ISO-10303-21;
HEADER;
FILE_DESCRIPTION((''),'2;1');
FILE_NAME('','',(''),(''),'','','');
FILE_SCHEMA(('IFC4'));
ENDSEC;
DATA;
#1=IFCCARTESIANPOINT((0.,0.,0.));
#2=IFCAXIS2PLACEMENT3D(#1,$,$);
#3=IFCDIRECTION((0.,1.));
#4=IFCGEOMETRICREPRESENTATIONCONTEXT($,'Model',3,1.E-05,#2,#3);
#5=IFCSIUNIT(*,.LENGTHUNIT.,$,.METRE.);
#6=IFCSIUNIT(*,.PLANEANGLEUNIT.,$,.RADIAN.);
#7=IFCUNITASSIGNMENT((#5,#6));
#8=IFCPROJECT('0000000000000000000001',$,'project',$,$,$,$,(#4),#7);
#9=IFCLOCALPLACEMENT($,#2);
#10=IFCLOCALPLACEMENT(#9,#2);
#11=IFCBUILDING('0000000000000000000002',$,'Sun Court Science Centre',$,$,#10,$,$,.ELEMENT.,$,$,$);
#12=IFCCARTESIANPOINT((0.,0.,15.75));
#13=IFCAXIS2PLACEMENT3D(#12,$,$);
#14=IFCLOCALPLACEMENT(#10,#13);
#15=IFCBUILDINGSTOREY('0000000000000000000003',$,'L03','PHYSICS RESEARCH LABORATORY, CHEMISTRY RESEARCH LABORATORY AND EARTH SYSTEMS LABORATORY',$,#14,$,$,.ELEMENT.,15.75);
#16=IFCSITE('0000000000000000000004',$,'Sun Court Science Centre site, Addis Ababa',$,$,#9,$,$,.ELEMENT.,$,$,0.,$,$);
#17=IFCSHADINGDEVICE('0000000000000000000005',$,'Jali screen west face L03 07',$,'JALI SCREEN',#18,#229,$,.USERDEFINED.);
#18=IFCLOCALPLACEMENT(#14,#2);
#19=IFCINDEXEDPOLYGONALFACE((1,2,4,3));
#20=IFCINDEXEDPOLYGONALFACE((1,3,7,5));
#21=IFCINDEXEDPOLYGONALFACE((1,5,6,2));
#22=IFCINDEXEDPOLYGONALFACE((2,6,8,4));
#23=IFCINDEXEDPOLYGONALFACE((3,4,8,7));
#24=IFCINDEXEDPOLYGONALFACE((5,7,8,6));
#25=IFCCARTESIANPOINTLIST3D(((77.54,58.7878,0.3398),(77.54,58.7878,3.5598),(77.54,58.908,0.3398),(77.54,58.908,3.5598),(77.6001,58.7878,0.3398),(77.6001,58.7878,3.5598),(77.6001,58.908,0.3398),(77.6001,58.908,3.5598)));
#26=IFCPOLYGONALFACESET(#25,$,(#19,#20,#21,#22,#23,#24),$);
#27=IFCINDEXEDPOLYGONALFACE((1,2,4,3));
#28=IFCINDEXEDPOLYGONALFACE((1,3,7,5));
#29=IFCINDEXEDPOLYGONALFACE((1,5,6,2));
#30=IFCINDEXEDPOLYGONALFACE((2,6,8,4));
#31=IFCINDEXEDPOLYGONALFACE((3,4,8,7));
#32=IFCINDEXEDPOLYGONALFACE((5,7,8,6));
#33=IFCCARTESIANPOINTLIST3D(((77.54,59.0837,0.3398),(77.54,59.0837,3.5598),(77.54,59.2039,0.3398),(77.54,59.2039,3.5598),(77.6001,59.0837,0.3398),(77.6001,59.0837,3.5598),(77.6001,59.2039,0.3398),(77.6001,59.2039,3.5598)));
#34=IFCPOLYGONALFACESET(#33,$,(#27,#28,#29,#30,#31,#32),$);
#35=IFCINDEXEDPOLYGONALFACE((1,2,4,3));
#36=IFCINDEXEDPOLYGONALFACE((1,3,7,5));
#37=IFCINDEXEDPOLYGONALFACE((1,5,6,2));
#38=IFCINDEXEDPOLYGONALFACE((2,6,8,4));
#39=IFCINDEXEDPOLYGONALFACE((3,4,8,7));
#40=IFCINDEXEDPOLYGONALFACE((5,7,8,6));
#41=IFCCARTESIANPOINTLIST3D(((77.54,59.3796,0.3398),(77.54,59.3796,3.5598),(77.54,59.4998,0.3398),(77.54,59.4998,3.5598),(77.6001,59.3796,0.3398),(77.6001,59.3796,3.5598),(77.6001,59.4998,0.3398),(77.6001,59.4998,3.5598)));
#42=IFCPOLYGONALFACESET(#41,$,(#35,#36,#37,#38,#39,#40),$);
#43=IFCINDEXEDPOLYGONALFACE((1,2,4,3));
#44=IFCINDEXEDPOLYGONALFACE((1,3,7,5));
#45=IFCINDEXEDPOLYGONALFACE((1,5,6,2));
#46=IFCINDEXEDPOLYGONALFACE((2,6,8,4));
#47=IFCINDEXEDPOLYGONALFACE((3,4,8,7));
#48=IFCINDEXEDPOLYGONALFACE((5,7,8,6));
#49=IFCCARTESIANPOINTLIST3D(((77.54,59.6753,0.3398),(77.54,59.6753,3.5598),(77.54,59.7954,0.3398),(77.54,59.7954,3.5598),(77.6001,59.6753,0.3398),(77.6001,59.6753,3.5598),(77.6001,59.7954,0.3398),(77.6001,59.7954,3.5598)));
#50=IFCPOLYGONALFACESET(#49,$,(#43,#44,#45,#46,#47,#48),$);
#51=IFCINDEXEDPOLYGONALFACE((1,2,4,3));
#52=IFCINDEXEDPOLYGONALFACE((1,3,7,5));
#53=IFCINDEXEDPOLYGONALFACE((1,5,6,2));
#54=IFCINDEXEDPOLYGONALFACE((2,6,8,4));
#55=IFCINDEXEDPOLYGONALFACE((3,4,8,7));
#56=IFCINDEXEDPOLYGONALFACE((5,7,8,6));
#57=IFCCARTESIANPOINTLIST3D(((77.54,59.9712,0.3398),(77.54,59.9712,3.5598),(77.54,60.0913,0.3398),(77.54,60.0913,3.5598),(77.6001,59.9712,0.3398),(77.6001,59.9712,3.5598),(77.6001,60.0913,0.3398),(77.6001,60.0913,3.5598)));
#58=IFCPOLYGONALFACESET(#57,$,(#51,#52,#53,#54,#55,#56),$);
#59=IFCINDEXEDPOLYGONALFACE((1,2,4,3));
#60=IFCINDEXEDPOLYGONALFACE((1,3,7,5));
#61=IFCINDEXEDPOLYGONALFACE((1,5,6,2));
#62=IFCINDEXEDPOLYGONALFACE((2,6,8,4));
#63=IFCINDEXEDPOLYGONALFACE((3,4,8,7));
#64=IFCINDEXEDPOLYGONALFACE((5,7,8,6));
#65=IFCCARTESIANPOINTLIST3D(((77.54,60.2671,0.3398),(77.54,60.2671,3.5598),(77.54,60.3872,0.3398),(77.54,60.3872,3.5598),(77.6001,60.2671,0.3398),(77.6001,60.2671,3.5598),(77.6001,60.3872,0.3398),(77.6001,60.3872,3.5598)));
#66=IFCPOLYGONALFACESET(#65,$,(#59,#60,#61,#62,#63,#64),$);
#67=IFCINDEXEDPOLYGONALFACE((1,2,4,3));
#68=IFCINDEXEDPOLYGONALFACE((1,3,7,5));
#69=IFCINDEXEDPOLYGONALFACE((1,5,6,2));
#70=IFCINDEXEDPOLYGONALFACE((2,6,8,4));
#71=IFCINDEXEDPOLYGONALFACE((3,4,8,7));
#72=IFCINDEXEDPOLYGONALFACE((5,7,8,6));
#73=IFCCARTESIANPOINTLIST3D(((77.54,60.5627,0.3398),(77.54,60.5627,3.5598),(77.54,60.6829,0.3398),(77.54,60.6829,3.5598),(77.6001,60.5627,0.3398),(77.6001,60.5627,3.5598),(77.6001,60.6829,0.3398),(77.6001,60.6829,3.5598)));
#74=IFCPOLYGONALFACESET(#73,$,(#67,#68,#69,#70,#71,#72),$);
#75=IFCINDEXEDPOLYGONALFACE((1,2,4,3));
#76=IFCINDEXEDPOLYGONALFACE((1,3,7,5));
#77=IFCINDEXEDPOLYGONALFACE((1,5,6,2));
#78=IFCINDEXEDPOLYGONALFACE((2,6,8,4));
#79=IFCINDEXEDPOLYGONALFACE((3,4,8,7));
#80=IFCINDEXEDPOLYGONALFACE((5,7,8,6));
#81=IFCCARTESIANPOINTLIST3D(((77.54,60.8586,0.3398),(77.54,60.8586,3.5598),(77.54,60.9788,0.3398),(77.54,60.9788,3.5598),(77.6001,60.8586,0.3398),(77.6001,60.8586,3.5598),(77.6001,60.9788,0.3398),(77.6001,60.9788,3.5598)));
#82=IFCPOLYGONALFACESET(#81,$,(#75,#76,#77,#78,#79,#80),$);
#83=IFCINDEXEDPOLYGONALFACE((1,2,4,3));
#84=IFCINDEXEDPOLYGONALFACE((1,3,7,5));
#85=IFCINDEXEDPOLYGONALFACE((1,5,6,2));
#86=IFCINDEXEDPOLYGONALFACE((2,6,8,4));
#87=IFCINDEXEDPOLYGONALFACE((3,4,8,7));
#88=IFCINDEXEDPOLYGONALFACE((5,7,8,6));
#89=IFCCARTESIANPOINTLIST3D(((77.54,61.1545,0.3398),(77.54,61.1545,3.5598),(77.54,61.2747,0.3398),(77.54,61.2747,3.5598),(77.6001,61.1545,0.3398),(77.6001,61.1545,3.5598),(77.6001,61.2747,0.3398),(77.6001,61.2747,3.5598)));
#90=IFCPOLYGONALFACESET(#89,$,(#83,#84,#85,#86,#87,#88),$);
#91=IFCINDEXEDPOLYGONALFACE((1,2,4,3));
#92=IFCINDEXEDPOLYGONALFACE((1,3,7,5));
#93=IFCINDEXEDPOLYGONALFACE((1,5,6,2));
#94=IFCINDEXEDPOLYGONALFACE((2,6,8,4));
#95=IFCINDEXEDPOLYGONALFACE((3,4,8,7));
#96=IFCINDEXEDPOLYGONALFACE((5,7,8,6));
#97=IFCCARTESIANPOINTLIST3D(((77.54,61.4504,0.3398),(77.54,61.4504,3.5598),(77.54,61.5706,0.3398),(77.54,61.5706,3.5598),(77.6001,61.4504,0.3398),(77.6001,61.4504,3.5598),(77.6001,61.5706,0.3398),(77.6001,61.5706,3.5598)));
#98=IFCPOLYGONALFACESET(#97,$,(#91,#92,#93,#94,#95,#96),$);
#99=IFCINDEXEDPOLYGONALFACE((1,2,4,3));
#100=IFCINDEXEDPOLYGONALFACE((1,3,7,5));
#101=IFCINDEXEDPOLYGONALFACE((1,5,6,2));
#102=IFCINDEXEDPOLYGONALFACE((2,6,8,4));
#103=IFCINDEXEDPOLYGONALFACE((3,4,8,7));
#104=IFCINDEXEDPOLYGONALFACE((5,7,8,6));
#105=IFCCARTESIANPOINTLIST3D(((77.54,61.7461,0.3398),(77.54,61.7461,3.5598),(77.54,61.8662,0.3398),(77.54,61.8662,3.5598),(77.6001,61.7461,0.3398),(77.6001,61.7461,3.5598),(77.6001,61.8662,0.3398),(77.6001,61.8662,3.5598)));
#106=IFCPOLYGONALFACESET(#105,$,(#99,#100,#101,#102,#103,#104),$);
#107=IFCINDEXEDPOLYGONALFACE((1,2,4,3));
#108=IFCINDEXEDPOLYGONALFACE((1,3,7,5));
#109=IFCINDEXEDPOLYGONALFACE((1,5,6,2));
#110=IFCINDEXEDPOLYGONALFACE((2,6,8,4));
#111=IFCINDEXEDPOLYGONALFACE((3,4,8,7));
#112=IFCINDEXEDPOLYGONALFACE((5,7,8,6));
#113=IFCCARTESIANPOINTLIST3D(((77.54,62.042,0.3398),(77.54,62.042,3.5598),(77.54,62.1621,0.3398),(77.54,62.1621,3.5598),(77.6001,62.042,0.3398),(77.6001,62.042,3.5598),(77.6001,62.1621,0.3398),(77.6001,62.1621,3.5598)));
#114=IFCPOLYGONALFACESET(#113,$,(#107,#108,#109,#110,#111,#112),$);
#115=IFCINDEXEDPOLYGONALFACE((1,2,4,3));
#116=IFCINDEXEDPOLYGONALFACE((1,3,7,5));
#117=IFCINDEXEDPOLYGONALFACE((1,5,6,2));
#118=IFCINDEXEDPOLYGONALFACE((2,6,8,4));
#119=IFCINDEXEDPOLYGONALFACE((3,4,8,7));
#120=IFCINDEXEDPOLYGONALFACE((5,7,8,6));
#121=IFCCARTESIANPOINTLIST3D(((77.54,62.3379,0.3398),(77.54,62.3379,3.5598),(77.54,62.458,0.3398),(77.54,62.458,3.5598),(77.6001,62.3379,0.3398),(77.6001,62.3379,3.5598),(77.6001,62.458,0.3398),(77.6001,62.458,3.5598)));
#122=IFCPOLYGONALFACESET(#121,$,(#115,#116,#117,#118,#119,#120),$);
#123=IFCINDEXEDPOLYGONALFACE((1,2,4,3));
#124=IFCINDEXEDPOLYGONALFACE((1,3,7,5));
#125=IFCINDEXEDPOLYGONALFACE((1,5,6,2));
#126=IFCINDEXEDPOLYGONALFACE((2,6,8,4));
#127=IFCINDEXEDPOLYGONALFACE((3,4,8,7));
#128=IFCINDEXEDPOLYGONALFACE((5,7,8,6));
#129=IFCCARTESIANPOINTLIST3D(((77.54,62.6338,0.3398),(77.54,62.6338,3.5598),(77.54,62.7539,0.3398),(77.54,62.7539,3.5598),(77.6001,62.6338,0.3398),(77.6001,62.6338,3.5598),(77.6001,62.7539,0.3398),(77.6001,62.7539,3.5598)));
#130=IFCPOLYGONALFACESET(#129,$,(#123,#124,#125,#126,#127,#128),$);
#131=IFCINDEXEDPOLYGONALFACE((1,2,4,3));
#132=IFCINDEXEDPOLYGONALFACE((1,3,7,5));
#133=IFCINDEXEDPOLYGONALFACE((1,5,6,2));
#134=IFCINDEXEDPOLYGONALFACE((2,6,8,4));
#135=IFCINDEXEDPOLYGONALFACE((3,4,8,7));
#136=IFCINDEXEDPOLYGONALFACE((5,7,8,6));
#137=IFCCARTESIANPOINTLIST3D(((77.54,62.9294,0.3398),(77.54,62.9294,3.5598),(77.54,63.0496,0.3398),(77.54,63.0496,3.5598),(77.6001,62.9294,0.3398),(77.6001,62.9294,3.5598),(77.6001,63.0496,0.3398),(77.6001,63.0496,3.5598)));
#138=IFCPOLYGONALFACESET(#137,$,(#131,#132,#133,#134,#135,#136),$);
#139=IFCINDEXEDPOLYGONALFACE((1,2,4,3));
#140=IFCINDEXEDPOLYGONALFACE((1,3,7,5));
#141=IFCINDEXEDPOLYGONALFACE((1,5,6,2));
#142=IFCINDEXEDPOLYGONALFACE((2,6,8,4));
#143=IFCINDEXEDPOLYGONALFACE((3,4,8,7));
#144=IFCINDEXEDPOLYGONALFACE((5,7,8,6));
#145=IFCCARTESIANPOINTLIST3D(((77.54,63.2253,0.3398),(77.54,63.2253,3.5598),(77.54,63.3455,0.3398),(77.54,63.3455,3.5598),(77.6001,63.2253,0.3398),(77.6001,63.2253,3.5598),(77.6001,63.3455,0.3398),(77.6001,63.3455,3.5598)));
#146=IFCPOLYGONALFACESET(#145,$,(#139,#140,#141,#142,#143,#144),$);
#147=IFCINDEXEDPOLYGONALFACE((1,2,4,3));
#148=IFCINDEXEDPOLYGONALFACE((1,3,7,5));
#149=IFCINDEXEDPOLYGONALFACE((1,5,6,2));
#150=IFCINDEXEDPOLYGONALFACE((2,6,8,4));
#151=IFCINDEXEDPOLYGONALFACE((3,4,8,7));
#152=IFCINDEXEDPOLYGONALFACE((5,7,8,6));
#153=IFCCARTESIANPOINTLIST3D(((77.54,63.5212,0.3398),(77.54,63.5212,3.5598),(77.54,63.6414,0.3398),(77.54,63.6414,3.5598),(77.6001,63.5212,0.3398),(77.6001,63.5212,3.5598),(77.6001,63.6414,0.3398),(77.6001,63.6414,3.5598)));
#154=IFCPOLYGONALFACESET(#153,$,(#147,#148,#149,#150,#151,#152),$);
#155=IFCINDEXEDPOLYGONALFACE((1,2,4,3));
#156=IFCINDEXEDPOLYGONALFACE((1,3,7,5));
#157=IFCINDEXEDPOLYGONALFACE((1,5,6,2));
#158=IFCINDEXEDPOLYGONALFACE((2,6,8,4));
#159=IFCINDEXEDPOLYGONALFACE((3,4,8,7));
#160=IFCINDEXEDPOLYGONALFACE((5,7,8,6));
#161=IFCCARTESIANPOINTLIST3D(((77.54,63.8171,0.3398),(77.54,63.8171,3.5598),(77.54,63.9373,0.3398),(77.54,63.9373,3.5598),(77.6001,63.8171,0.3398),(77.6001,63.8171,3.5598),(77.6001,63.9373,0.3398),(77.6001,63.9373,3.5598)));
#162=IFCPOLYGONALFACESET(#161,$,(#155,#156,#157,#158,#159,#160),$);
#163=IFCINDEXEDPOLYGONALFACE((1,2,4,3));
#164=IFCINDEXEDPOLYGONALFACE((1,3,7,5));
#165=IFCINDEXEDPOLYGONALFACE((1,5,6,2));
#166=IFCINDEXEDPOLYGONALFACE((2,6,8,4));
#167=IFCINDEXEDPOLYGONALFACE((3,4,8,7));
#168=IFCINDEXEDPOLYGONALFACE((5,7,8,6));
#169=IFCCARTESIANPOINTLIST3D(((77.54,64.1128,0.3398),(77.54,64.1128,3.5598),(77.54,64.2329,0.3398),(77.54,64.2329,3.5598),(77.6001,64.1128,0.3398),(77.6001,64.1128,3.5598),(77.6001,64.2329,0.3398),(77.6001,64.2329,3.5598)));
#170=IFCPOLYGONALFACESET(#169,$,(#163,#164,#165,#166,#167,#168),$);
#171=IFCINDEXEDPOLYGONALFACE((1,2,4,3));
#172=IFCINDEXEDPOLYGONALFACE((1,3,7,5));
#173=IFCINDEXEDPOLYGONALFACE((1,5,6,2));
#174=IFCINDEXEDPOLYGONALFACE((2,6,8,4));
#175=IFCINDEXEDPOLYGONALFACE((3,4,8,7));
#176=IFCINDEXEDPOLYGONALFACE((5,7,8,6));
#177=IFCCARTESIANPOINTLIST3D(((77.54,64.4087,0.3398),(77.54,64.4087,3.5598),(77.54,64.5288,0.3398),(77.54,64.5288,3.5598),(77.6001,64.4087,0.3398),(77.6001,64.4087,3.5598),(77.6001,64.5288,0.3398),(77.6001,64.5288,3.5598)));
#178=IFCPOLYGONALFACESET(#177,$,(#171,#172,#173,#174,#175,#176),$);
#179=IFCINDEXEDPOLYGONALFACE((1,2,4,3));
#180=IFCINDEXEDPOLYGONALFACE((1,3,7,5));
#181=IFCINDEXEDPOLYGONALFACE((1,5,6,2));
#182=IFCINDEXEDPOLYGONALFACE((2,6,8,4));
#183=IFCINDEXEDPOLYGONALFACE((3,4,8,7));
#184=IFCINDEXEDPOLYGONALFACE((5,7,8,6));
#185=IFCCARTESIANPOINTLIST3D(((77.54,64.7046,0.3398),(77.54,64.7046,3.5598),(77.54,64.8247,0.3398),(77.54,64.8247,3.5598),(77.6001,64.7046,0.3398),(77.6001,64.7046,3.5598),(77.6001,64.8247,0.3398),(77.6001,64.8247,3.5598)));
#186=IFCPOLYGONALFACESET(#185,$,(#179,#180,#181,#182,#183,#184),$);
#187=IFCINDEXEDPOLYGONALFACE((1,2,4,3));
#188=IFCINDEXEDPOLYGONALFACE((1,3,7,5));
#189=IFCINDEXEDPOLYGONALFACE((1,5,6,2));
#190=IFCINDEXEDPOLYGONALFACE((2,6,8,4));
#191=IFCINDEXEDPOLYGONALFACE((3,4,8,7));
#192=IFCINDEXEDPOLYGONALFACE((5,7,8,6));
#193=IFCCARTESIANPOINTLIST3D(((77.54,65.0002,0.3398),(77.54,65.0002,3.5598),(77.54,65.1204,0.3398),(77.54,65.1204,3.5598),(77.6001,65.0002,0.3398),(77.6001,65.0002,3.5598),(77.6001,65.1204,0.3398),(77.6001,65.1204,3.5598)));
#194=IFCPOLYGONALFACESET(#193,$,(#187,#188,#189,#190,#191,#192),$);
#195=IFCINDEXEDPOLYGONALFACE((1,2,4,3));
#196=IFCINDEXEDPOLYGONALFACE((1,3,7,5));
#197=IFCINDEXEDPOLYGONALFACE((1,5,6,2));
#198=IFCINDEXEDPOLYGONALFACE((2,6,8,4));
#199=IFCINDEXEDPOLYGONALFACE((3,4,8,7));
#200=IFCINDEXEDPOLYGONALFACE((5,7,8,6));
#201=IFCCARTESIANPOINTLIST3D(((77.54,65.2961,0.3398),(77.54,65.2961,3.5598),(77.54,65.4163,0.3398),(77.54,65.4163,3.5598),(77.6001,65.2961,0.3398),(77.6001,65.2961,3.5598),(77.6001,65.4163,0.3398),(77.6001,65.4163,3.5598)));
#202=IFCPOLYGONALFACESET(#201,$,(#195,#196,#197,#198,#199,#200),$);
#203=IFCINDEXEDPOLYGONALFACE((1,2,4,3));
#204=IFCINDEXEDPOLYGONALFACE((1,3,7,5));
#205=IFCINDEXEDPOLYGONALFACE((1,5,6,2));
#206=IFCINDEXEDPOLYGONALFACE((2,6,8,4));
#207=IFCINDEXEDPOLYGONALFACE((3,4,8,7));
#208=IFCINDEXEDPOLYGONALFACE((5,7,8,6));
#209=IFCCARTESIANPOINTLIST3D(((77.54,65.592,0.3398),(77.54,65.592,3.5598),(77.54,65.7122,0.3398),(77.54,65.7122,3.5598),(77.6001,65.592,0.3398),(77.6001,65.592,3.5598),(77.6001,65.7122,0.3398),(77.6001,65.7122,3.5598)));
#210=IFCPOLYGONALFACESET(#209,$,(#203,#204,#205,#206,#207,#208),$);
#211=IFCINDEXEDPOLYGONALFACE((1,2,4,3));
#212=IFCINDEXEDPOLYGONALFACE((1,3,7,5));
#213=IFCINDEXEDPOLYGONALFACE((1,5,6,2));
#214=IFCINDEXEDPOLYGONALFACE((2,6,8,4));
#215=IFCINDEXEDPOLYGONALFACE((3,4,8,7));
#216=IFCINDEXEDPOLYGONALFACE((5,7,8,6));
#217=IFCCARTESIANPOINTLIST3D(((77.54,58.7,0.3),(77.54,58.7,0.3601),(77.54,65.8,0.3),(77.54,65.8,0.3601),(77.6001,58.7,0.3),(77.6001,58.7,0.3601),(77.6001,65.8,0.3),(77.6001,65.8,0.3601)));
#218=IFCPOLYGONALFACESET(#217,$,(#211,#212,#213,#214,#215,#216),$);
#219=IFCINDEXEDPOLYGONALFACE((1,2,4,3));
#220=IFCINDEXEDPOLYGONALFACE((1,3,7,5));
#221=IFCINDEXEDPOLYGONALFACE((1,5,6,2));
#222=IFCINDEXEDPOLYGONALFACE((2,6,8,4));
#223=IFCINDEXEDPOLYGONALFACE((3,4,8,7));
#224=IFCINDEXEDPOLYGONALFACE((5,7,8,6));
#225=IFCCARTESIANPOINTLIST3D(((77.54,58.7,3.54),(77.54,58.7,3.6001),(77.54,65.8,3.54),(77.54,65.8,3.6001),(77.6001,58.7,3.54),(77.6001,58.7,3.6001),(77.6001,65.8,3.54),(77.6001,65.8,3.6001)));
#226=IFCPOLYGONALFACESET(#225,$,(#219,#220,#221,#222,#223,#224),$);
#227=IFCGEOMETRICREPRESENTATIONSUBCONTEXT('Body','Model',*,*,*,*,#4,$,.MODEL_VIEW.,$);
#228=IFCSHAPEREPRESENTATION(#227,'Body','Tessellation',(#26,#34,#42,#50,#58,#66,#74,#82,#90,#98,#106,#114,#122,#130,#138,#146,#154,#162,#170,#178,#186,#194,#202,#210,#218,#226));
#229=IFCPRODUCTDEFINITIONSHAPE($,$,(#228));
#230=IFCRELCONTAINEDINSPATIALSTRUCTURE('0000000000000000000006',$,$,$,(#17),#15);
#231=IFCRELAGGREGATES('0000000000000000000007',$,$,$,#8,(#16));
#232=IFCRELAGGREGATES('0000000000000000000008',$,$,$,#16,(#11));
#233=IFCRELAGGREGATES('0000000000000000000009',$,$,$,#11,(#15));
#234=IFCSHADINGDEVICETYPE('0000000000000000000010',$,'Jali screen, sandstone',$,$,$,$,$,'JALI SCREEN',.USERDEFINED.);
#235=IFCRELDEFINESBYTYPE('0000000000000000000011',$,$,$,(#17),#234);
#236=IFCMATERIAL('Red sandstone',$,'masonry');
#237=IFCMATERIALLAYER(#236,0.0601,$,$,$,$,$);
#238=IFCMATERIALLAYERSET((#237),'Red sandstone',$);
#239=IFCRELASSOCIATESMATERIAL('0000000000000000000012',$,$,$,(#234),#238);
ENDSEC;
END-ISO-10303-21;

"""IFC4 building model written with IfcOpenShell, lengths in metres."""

from ifc_helpers import new_model, si_unit, direction, frame, origin, origin_2d, place, context, subcontext, project, spatial, rectangle, extrude, material, layer, layer_set, type_object, element, save


model = new_model("IFC4")

# Units and contexts
model_context = context("Model", 3, precision=1e-05, world=origin(), true_north=direction((0.0, 1.0)))
body_context = subcontext(model_context, "Body", "Model", "MODEL_VIEW")
ifc_project = project(units=[si_unit("LENGTHUNIT", "METRE"), si_unit("PLANEANGLEUNIT", "RADIAN")], contexts=[model_context])

# Site, building, storey
site_placement = place(None, origin())
site = spatial("IfcSite", under=ifc_project, at=site_placement, Name="Sun Court Science Centre site, Addis Ababa", CompositionType="ELEMENT", RefElevation=0.0)
building_placement = place(site_placement, origin())
building = spatial("IfcBuilding", under=site, at=building_placement, Name="Sun Court Science Centre", CompositionType="ELEMENT")
storey_placement = place(building_placement, frame((0.0, 0.0, 15.75)))
storey = spatial("IfcBuildingStorey", under=building, at=storey_placement, Name="L03", Description="PHYSICS RESEARCH LABORATORY, CHEMISTRY RESEARCH LABORATORY AND EARTH SYSTEMS LABORATORY", CompositionType="ELEMENT", Elevation=15.75)

# Shading device
ifc_material_1 = material(Name="Red sandstone", Category="masonry")
ifc_layer_1 = layer(ifc_material_1, 0.0601)
ifc_layer_set_1 = layer_set([ifc_layer_1], Name="Red sandstone")
shading_device_type = type_object("IfcShadingDeviceType", Name="Jali screen, sandstone", ElementType="JALI SCREEN", PredefinedType="USERDEFINED", material=ifc_layer_set_1)
shading_device_1_placement = place(storey_placement, frame((0.0, 0.0, -15.75)))
element("IfcShadingDevice", 1, at=shading_device_1_placement, inside=storey, type_object=shading_device_type, Name="Jali screen west face L03 07", ObjectType="JALI SCREEN", PredefinedType="USERDEFINED", context=body_context, shape_type="SweptSolid", body=[
    extrude(rectangle(XDim=0.1201, YDim=0.0601, at=origin_2d()), frame((77.5701, 58.8479, 16.0898), z_axis=(0.0, 0.0, 1.0), x_axis=(0.0, 1.0, 0.0)), (0.0, 0.0, 1.0), 3.22),
    extrude(rectangle(XDim=0.1201, YDim=0.0601, at=origin_2d()), frame((77.5701, 59.1438, 16.0898), z_axis=(0.0, 0.0, 1.0), x_axis=(0.0, 1.0, 0.0)), (0.0, 0.0, 1.0), 3.22),
    extrude(rectangle(XDim=0.1201, YDim=0.0601, at=origin_2d()), frame((77.5701, 59.4397, 16.0898), z_axis=(0.0, 0.0, 1.0), x_axis=(0.0, 1.0, 0.0)), (0.0, 0.0, 1.0), 3.22),
    extrude(rectangle(XDim=0.1201, YDim=0.0601, at=origin_2d()), frame((77.5701, 59.7354, 16.0898), z_axis=(0.0, 0.0, 1.0), x_axis=(0.0, 1.0, 0.0)), (0.0, 0.0, 1.0), 3.22),
    extrude(rectangle(XDim=0.1201, YDim=0.0601, at=origin_2d()), frame((77.5701, 60.0312, 16.0898), z_axis=(0.0, 0.0, 1.0), x_axis=(0.0, 1.0, 0.0)), (0.0, 0.0, 1.0), 3.22),
    extrude(rectangle(XDim=0.1201, YDim=0.0601, at=origin_2d()), frame((77.5701, 60.3271, 16.0898), z_axis=(0.0, 0.0, 1.0), x_axis=(0.0, 1.0, 0.0)), (0.0, 0.0, 1.0), 3.22),
    extrude(rectangle(XDim=0.1201, YDim=0.0601, at=origin_2d()), frame((77.5701, 60.6228, 16.0898), z_axis=(0.0, 0.0, 1.0), x_axis=(0.0, 1.0, 0.0)), (0.0, 0.0, 1.0), 3.22),
    extrude(rectangle(XDim=0.1201, YDim=0.0601, at=origin_2d()), frame((77.5701, 60.9187, 16.0898), z_axis=(0.0, 0.0, 1.0), x_axis=(0.0, 1.0, 0.0)), (0.0, 0.0, 1.0), 3.22),
    extrude(rectangle(XDim=0.1201, YDim=0.0601, at=origin_2d()), frame((77.5701, 61.2146, 16.0898), z_axis=(0.0, 0.0, 1.0), x_axis=(0.0, 1.0, 0.0)), (0.0, 0.0, 1.0), 3.22),
    extrude(rectangle(XDim=0.1201, YDim=0.0601, at=origin_2d()), frame((77.5701, 61.5105, 16.0898), z_axis=(0.0, 0.0, 1.0), x_axis=(0.0, 1.0, 0.0)), (0.0, 0.0, 1.0), 3.22),
    extrude(rectangle(XDim=0.1201, YDim=0.0601, at=origin_2d()), frame((77.5701, 61.8062, 16.0898), z_axis=(0.0, 0.0, 1.0), x_axis=(0.0, 1.0, 0.0)), (0.0, 0.0, 1.0), 3.22),
    extrude(rectangle(XDim=0.1201, YDim=0.0601, at=origin_2d()), frame((77.5701, 62.1021, 16.0898), z_axis=(0.0, 0.0, 1.0), x_axis=(0.0, 1.0, 0.0)), (0.0, 0.0, 1.0), 3.22),
    extrude(rectangle(XDim=0.1201, YDim=0.0601, at=origin_2d()), frame((77.5701, 62.3979, 16.0898), z_axis=(0.0, 0.0, 1.0), x_axis=(0.0, 1.0, 0.0)), (0.0, 0.0, 1.0), 3.22),
    extrude(rectangle(XDim=0.1201, YDim=0.0601, at=origin_2d()), frame((77.5701, 62.6938, 16.0898), z_axis=(0.0, 0.0, 1.0), x_axis=(0.0, 1.0, 0.0)), (0.0, 0.0, 1.0), 3.22),
    extrude(rectangle(XDim=0.1201, YDim=0.0601, at=origin_2d()), frame((77.5701, 62.9895, 16.0898), z_axis=(0.0, 0.0, 1.0), x_axis=(0.0, 1.0, 0.0)), (0.0, 0.0, 1.0), 3.22),
    extrude(rectangle(XDim=0.1201, YDim=0.0601, at=origin_2d()), frame((77.5701, 63.2854, 16.0898), z_axis=(0.0, 0.0, 1.0), x_axis=(0.0, 1.0, 0.0)), (0.0, 0.0, 1.0), 3.22),
    extrude(rectangle(XDim=0.1201, YDim=0.0601, at=origin_2d()), frame((77.5701, 63.5813, 16.0898), z_axis=(0.0, 0.0, 1.0), x_axis=(0.0, 1.0, 0.0)), (0.0, 0.0, 1.0), 3.22),
    extrude(rectangle(XDim=0.1201, YDim=0.0601, at=origin_2d()), frame((77.5701, 63.8772, 16.0898), z_axis=(0.0, 0.0, 1.0), x_axis=(0.0, 1.0, 0.0)), (0.0, 0.0, 1.0), 3.22),
    extrude(rectangle(XDim=0.1201, YDim=0.0601, at=origin_2d()), frame((77.5701, 64.1729, 16.0898), z_axis=(0.0, 0.0, 1.0), x_axis=(0.0, 1.0, 0.0)), (0.0, 0.0, 1.0), 3.22),
    extrude(rectangle(XDim=0.1201, YDim=0.0601, at=origin_2d()), frame((77.5701, 64.4688, 16.0898), z_axis=(0.0, 0.0, 1.0), x_axis=(0.0, 1.0, 0.0)), (0.0, 0.0, 1.0), 3.22),
    extrude(rectangle(XDim=0.1201, YDim=0.0601, at=origin_2d()), frame((77.5701, 64.7646, 16.0898), z_axis=(0.0, 0.0, 1.0), x_axis=(0.0, 1.0, 0.0)), (0.0, 0.0, 1.0), 3.22),
    extrude(rectangle(XDim=0.1201, YDim=0.0601, at=origin_2d()), frame((77.5701, 65.0603, 16.0898), z_axis=(0.0, 0.0, 1.0), x_axis=(0.0, 1.0, 0.0)), (0.0, 0.0, 1.0), 3.22),
    extrude(rectangle(XDim=0.1201, YDim=0.0601, at=origin_2d()), frame((77.5701, 65.3562, 16.0898), z_axis=(0.0, 0.0, 1.0), x_axis=(0.0, 1.0, 0.0)), (0.0, 0.0, 1.0), 3.22),
    extrude(rectangle(XDim=0.1201, YDim=0.0601, at=origin_2d()), frame((77.5701, 65.6521, 16.0898), z_axis=(0.0, 0.0, 1.0), x_axis=(0.0, 1.0, 0.0)), (0.0, 0.0, 1.0), 3.22),
    extrude(rectangle(XDim=7.1001, YDim=0.0601, at=origin_2d()), frame((77.5701, 62.25, 16.05), z_axis=(0.0, 0.0, 1.0), x_axis=(0.0, 1.0, 0.0)), (0.0, 0.0, 1.0), 0.0601),
    extrude(rectangle(XDim=7.1001, YDim=0.0601, at=origin_2d()), frame((77.5701, 62.25, 19.29), z_axis=(0.0, 0.0, 1.0), x_axis=(0.0, 1.0, 0.0)), (0.0, 0.0, 1.0), 0.0601),
])

save(model, "model.ifc")
